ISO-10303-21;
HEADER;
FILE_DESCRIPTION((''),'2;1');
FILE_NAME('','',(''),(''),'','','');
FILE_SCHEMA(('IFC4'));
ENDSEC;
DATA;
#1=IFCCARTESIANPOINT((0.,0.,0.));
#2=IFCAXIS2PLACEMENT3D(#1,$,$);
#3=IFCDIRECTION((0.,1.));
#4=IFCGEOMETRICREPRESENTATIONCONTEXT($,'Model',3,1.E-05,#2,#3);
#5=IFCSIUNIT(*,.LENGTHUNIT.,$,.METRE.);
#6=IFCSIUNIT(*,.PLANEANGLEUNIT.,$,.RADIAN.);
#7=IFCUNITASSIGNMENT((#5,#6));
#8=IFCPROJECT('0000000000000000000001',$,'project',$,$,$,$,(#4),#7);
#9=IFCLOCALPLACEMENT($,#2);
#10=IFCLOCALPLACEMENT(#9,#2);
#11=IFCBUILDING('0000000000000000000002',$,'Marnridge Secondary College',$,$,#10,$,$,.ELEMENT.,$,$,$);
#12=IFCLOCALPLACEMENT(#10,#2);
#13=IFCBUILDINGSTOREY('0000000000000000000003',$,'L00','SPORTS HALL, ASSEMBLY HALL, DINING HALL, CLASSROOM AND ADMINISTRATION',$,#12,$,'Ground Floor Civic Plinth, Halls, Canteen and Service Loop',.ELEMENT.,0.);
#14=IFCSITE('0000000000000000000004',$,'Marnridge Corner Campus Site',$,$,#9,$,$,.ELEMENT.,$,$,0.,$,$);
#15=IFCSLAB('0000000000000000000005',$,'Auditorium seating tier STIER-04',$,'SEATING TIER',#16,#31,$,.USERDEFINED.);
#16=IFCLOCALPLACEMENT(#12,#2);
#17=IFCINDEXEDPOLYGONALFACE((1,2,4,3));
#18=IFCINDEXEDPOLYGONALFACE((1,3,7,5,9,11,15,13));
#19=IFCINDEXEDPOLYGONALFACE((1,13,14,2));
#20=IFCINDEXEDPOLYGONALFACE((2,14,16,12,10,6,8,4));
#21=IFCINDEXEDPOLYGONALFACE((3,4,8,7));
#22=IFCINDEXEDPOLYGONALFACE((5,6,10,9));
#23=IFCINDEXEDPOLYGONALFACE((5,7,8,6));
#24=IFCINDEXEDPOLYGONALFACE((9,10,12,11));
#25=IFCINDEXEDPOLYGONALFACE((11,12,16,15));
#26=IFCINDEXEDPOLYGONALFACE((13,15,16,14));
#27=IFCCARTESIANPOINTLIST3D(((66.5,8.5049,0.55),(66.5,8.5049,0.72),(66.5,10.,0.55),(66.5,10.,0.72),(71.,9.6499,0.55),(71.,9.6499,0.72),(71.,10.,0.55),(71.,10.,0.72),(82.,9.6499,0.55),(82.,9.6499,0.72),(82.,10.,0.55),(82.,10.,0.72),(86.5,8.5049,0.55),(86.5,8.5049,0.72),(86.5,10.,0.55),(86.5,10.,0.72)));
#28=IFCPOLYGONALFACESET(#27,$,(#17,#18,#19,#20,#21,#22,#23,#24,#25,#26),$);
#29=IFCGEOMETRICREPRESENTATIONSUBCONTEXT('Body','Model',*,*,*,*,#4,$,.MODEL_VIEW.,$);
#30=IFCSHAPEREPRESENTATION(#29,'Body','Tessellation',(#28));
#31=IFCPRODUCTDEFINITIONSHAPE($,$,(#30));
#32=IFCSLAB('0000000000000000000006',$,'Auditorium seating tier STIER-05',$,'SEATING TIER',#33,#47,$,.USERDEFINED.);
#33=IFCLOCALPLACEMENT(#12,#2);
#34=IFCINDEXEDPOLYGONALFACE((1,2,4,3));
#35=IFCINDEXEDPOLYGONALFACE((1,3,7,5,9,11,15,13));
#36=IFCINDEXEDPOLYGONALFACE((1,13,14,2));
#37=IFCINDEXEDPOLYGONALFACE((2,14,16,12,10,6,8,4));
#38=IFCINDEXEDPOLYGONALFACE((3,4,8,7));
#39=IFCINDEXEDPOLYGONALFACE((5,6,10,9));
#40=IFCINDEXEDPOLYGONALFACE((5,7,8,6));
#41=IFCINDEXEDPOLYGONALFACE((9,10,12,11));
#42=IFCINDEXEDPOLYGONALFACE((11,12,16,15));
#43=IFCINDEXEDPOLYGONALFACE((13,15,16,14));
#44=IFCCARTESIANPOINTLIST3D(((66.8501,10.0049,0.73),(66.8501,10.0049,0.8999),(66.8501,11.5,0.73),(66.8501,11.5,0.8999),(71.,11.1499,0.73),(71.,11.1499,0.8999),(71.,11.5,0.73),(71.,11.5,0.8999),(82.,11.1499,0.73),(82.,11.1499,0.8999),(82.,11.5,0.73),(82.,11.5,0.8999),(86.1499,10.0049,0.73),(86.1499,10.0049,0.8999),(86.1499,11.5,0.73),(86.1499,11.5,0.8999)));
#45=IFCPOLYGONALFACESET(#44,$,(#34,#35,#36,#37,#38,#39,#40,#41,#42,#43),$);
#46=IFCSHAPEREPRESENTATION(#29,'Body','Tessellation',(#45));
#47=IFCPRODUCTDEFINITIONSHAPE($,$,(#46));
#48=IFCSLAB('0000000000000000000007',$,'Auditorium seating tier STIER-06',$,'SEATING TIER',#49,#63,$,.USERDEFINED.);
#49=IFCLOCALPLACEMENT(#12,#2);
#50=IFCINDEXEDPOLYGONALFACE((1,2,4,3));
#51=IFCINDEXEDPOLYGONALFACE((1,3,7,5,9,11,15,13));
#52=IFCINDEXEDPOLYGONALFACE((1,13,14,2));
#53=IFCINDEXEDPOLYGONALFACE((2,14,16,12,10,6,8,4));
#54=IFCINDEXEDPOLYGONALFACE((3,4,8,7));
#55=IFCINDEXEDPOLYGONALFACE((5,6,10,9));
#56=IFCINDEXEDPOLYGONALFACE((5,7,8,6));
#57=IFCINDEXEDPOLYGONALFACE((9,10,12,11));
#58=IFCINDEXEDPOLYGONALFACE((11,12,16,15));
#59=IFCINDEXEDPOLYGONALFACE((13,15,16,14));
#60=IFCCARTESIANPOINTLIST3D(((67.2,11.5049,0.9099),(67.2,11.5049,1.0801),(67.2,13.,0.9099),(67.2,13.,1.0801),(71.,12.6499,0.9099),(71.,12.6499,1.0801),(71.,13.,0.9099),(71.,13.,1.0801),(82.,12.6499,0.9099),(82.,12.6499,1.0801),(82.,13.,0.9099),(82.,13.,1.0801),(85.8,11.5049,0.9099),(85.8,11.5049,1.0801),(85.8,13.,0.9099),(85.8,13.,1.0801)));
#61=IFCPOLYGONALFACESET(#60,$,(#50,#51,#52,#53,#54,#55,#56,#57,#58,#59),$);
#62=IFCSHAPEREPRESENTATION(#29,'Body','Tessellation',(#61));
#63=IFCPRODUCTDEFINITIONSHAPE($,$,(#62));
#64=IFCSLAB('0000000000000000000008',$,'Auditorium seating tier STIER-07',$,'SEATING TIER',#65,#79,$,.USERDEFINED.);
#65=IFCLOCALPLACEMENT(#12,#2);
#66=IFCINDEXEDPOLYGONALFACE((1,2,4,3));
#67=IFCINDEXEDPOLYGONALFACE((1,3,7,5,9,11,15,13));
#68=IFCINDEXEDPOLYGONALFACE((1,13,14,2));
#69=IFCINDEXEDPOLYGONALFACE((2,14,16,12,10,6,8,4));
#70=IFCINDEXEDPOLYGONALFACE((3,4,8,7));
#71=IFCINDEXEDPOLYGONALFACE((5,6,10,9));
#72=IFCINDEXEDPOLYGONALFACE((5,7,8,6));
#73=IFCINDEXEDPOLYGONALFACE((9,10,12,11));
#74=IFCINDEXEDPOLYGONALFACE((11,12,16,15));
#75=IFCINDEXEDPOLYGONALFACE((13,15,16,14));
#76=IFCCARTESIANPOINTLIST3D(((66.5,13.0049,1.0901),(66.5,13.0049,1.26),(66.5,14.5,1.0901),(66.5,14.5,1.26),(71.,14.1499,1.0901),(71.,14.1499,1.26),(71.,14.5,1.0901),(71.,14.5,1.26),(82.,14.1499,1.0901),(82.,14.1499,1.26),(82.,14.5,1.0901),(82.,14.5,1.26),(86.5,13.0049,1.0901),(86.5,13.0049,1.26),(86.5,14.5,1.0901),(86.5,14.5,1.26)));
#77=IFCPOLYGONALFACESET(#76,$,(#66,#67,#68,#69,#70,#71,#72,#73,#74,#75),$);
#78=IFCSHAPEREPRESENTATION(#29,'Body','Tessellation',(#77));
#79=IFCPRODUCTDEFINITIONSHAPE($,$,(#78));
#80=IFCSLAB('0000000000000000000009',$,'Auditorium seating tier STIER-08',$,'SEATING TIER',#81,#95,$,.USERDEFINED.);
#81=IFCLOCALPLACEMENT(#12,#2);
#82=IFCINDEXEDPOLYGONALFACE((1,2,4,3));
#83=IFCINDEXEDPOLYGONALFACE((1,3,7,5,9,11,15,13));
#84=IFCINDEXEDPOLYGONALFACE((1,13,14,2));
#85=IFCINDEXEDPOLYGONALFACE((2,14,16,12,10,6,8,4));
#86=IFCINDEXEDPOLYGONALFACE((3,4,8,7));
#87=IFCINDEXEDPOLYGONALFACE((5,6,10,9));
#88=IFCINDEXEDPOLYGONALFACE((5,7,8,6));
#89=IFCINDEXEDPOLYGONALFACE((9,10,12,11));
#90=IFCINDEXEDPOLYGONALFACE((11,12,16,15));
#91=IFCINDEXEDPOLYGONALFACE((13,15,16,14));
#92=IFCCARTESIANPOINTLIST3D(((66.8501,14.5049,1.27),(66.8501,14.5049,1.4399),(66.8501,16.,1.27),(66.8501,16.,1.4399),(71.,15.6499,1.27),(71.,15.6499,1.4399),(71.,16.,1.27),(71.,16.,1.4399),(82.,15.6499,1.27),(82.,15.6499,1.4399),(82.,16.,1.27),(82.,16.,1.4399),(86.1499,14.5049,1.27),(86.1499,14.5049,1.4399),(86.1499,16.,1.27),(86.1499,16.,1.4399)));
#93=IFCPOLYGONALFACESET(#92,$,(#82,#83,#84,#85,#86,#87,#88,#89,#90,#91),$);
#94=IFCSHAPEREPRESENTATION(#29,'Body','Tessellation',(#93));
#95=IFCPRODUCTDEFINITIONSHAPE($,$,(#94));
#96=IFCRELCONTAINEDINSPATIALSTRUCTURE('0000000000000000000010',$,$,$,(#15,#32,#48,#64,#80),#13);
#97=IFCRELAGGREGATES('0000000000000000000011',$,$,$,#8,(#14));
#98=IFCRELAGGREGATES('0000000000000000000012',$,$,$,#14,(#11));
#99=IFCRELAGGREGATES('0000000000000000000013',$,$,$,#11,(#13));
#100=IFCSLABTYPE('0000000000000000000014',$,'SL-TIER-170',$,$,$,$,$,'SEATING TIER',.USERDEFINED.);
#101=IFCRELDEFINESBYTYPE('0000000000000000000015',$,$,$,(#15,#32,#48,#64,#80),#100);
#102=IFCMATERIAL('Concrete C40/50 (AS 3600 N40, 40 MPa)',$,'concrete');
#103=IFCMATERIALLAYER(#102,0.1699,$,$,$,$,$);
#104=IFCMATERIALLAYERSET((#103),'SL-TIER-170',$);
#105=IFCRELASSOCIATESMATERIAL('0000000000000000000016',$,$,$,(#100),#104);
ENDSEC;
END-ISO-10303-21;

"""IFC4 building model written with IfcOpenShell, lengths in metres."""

from ifc_helpers import new_model, si_unit, direction, frame, origin, place, context, subcontext, project, spatial, polyline, outline, extrude, material, layer, layer_set, type_object, element, save


model = new_model("IFC4")

# Units and contexts
model_context = context("Model", 3, precision=1e-05, world=origin(), true_north=direction((0.0, 1.0)))
body_context = subcontext(model_context, "Body", "Model", "MODEL_VIEW")
ifc_project = project(units=[si_unit("LENGTHUNIT", "METRE"), si_unit("PLANEANGLEUNIT", "RADIAN")], contexts=[model_context])

# Site, building, storey
site_placement = place(None, origin())
site = spatial("IfcSite", under=ifc_project, at=site_placement, Name="Marnridge Corner Campus Site", CompositionType="ELEMENT", RefElevation=0.0)
building_placement = place(site_placement, origin())
building = spatial("IfcBuilding", under=site, at=building_placement, Name="Marnridge Secondary College", CompositionType="ELEMENT")
storey_placement = place(building_placement, origin())
storey = spatial("IfcBuildingStorey", under=building, at=storey_placement, Name="L00", Description="SPORTS HALL, ASSEMBLY HALL, DINING HALL, CLASSROOM AND ADMINISTRATION", LongName="Ground Floor Civic Plinth, Halls, Canteen and Service Loop", CompositionType="ELEMENT", Elevation=0.0)

# Slabs
ifc_material_1 = material(Name="Concrete C40/50 (AS 3600 N40, 40 MPa)", Category="concrete")
ifc_layer_1 = layer(ifc_material_1, 0.1699)
ifc_layer_set_1 = layer_set([ifc_layer_1], Name="SL-TIER-170")
slab_type_1 = type_object("IfcSlabType", Name="SL-TIER-170", ElementType="SEATING TIER", PredefinedType="USERDEFINED", material=ifc_layer_set_1)
slab_1_placement = place(storey_placement, frame((0.0, 0.0, 0.55)))
element("IfcSlab", 1, at=slab_1_placement, inside=storey, type_object=slab_type_1, Name="Auditorium seating tier STIER-04", ObjectType="SEATING TIER", PredefinedType="USERDEFINED", context=body_context, shape_type="SweptSolid", body=[
    extrude(outline(polyline([(66.5, 8.5049), (86.5, 8.5049), (86.5, 10.0), (82.0, 10.0), (82.0, 9.6499), (71.0, 9.6499), (71.0, 10.0), (66.5, 10.0), (66.5, 8.5049)])), origin(), (0.0, 0.0, 1.0), 0.1699),
])
slab_2_placement = place(storey_placement, frame((0.0, 0.0, 0.73)))
element("IfcSlab", 2, at=slab_2_placement, inside=storey, type_object=slab_type_1, Name="Auditorium seating tier STIER-05", ObjectType="SEATING TIER", PredefinedType="USERDEFINED", context=body_context, shape_type="SweptSolid", body=[
    extrude(outline(polyline([(66.8501, 10.0049), (86.1499, 10.0049), (86.1499, 11.5), (82.0, 11.5), (82.0, 11.1499), (71.0, 11.1499), (71.0, 11.5), (66.8501, 11.5), (66.8501, 10.0049)])), origin(), (0.0, 0.0, 1.0), 0.1699),
])
slab_3_placement = place(storey_placement, frame((0.0, 0.0, 0.9099)))
element("IfcSlab", 3, at=slab_3_placement, inside=storey, type_object=slab_type_1, Name="Auditorium seating tier STIER-06", ObjectType="SEATING TIER", PredefinedType="USERDEFINED", context=body_context, shape_type="SweptSolid", body=[
    extrude(outline(polyline([(67.2, 11.5049), (85.8, 11.5049), (85.8, 13.0), (82.0, 13.0), (82.0, 12.6499), (71.0, 12.6499), (71.0, 13.0), (67.2, 13.0), (67.2, 11.5049)])), origin(), (0.0, 0.0, 1.0), 0.1702),
])
slab_4_placement = place(storey_placement, frame((0.0, 0.0, 1.0901)))
element("IfcSlab", 4, at=slab_4_placement, inside=storey, type_object=slab_type_1, Name="Auditorium seating tier STIER-07", ObjectType="SEATING TIER", PredefinedType="USERDEFINED", context=body_context, shape_type="SweptSolid", body=[
    extrude(outline(polyline([(66.5, 13.0049), (86.5, 13.0049), (86.5, 14.5), (82.0, 14.5), (82.0, 14.1499), (71.0, 14.1499), (71.0, 14.5), (66.5, 14.5), (66.5, 13.0049)])), origin(), (0.0, 0.0, 1.0), 0.1699),
])
slab_5_placement = place(storey_placement, frame((0.0, 0.0, 1.27)))
element("IfcSlab", 5, at=slab_5_placement, inside=storey, type_object=slab_type_1, Name="Auditorium seating tier STIER-08", ObjectType="SEATING TIER", PredefinedType="USERDEFINED", context=body_context, shape_type="SweptSolid", body=[
    extrude(outline(polyline([(66.8501, 14.5049), (86.1499, 14.5049), (86.1499, 16.0), (82.0, 16.0), (82.0, 15.6499), (71.0, 15.6499), (71.0, 16.0), (66.8501, 16.0), (66.8501, 14.5049)])), origin(), (0.0, 0.0, 1.0), 0.1699),
])

save(model, "model.ifc")
